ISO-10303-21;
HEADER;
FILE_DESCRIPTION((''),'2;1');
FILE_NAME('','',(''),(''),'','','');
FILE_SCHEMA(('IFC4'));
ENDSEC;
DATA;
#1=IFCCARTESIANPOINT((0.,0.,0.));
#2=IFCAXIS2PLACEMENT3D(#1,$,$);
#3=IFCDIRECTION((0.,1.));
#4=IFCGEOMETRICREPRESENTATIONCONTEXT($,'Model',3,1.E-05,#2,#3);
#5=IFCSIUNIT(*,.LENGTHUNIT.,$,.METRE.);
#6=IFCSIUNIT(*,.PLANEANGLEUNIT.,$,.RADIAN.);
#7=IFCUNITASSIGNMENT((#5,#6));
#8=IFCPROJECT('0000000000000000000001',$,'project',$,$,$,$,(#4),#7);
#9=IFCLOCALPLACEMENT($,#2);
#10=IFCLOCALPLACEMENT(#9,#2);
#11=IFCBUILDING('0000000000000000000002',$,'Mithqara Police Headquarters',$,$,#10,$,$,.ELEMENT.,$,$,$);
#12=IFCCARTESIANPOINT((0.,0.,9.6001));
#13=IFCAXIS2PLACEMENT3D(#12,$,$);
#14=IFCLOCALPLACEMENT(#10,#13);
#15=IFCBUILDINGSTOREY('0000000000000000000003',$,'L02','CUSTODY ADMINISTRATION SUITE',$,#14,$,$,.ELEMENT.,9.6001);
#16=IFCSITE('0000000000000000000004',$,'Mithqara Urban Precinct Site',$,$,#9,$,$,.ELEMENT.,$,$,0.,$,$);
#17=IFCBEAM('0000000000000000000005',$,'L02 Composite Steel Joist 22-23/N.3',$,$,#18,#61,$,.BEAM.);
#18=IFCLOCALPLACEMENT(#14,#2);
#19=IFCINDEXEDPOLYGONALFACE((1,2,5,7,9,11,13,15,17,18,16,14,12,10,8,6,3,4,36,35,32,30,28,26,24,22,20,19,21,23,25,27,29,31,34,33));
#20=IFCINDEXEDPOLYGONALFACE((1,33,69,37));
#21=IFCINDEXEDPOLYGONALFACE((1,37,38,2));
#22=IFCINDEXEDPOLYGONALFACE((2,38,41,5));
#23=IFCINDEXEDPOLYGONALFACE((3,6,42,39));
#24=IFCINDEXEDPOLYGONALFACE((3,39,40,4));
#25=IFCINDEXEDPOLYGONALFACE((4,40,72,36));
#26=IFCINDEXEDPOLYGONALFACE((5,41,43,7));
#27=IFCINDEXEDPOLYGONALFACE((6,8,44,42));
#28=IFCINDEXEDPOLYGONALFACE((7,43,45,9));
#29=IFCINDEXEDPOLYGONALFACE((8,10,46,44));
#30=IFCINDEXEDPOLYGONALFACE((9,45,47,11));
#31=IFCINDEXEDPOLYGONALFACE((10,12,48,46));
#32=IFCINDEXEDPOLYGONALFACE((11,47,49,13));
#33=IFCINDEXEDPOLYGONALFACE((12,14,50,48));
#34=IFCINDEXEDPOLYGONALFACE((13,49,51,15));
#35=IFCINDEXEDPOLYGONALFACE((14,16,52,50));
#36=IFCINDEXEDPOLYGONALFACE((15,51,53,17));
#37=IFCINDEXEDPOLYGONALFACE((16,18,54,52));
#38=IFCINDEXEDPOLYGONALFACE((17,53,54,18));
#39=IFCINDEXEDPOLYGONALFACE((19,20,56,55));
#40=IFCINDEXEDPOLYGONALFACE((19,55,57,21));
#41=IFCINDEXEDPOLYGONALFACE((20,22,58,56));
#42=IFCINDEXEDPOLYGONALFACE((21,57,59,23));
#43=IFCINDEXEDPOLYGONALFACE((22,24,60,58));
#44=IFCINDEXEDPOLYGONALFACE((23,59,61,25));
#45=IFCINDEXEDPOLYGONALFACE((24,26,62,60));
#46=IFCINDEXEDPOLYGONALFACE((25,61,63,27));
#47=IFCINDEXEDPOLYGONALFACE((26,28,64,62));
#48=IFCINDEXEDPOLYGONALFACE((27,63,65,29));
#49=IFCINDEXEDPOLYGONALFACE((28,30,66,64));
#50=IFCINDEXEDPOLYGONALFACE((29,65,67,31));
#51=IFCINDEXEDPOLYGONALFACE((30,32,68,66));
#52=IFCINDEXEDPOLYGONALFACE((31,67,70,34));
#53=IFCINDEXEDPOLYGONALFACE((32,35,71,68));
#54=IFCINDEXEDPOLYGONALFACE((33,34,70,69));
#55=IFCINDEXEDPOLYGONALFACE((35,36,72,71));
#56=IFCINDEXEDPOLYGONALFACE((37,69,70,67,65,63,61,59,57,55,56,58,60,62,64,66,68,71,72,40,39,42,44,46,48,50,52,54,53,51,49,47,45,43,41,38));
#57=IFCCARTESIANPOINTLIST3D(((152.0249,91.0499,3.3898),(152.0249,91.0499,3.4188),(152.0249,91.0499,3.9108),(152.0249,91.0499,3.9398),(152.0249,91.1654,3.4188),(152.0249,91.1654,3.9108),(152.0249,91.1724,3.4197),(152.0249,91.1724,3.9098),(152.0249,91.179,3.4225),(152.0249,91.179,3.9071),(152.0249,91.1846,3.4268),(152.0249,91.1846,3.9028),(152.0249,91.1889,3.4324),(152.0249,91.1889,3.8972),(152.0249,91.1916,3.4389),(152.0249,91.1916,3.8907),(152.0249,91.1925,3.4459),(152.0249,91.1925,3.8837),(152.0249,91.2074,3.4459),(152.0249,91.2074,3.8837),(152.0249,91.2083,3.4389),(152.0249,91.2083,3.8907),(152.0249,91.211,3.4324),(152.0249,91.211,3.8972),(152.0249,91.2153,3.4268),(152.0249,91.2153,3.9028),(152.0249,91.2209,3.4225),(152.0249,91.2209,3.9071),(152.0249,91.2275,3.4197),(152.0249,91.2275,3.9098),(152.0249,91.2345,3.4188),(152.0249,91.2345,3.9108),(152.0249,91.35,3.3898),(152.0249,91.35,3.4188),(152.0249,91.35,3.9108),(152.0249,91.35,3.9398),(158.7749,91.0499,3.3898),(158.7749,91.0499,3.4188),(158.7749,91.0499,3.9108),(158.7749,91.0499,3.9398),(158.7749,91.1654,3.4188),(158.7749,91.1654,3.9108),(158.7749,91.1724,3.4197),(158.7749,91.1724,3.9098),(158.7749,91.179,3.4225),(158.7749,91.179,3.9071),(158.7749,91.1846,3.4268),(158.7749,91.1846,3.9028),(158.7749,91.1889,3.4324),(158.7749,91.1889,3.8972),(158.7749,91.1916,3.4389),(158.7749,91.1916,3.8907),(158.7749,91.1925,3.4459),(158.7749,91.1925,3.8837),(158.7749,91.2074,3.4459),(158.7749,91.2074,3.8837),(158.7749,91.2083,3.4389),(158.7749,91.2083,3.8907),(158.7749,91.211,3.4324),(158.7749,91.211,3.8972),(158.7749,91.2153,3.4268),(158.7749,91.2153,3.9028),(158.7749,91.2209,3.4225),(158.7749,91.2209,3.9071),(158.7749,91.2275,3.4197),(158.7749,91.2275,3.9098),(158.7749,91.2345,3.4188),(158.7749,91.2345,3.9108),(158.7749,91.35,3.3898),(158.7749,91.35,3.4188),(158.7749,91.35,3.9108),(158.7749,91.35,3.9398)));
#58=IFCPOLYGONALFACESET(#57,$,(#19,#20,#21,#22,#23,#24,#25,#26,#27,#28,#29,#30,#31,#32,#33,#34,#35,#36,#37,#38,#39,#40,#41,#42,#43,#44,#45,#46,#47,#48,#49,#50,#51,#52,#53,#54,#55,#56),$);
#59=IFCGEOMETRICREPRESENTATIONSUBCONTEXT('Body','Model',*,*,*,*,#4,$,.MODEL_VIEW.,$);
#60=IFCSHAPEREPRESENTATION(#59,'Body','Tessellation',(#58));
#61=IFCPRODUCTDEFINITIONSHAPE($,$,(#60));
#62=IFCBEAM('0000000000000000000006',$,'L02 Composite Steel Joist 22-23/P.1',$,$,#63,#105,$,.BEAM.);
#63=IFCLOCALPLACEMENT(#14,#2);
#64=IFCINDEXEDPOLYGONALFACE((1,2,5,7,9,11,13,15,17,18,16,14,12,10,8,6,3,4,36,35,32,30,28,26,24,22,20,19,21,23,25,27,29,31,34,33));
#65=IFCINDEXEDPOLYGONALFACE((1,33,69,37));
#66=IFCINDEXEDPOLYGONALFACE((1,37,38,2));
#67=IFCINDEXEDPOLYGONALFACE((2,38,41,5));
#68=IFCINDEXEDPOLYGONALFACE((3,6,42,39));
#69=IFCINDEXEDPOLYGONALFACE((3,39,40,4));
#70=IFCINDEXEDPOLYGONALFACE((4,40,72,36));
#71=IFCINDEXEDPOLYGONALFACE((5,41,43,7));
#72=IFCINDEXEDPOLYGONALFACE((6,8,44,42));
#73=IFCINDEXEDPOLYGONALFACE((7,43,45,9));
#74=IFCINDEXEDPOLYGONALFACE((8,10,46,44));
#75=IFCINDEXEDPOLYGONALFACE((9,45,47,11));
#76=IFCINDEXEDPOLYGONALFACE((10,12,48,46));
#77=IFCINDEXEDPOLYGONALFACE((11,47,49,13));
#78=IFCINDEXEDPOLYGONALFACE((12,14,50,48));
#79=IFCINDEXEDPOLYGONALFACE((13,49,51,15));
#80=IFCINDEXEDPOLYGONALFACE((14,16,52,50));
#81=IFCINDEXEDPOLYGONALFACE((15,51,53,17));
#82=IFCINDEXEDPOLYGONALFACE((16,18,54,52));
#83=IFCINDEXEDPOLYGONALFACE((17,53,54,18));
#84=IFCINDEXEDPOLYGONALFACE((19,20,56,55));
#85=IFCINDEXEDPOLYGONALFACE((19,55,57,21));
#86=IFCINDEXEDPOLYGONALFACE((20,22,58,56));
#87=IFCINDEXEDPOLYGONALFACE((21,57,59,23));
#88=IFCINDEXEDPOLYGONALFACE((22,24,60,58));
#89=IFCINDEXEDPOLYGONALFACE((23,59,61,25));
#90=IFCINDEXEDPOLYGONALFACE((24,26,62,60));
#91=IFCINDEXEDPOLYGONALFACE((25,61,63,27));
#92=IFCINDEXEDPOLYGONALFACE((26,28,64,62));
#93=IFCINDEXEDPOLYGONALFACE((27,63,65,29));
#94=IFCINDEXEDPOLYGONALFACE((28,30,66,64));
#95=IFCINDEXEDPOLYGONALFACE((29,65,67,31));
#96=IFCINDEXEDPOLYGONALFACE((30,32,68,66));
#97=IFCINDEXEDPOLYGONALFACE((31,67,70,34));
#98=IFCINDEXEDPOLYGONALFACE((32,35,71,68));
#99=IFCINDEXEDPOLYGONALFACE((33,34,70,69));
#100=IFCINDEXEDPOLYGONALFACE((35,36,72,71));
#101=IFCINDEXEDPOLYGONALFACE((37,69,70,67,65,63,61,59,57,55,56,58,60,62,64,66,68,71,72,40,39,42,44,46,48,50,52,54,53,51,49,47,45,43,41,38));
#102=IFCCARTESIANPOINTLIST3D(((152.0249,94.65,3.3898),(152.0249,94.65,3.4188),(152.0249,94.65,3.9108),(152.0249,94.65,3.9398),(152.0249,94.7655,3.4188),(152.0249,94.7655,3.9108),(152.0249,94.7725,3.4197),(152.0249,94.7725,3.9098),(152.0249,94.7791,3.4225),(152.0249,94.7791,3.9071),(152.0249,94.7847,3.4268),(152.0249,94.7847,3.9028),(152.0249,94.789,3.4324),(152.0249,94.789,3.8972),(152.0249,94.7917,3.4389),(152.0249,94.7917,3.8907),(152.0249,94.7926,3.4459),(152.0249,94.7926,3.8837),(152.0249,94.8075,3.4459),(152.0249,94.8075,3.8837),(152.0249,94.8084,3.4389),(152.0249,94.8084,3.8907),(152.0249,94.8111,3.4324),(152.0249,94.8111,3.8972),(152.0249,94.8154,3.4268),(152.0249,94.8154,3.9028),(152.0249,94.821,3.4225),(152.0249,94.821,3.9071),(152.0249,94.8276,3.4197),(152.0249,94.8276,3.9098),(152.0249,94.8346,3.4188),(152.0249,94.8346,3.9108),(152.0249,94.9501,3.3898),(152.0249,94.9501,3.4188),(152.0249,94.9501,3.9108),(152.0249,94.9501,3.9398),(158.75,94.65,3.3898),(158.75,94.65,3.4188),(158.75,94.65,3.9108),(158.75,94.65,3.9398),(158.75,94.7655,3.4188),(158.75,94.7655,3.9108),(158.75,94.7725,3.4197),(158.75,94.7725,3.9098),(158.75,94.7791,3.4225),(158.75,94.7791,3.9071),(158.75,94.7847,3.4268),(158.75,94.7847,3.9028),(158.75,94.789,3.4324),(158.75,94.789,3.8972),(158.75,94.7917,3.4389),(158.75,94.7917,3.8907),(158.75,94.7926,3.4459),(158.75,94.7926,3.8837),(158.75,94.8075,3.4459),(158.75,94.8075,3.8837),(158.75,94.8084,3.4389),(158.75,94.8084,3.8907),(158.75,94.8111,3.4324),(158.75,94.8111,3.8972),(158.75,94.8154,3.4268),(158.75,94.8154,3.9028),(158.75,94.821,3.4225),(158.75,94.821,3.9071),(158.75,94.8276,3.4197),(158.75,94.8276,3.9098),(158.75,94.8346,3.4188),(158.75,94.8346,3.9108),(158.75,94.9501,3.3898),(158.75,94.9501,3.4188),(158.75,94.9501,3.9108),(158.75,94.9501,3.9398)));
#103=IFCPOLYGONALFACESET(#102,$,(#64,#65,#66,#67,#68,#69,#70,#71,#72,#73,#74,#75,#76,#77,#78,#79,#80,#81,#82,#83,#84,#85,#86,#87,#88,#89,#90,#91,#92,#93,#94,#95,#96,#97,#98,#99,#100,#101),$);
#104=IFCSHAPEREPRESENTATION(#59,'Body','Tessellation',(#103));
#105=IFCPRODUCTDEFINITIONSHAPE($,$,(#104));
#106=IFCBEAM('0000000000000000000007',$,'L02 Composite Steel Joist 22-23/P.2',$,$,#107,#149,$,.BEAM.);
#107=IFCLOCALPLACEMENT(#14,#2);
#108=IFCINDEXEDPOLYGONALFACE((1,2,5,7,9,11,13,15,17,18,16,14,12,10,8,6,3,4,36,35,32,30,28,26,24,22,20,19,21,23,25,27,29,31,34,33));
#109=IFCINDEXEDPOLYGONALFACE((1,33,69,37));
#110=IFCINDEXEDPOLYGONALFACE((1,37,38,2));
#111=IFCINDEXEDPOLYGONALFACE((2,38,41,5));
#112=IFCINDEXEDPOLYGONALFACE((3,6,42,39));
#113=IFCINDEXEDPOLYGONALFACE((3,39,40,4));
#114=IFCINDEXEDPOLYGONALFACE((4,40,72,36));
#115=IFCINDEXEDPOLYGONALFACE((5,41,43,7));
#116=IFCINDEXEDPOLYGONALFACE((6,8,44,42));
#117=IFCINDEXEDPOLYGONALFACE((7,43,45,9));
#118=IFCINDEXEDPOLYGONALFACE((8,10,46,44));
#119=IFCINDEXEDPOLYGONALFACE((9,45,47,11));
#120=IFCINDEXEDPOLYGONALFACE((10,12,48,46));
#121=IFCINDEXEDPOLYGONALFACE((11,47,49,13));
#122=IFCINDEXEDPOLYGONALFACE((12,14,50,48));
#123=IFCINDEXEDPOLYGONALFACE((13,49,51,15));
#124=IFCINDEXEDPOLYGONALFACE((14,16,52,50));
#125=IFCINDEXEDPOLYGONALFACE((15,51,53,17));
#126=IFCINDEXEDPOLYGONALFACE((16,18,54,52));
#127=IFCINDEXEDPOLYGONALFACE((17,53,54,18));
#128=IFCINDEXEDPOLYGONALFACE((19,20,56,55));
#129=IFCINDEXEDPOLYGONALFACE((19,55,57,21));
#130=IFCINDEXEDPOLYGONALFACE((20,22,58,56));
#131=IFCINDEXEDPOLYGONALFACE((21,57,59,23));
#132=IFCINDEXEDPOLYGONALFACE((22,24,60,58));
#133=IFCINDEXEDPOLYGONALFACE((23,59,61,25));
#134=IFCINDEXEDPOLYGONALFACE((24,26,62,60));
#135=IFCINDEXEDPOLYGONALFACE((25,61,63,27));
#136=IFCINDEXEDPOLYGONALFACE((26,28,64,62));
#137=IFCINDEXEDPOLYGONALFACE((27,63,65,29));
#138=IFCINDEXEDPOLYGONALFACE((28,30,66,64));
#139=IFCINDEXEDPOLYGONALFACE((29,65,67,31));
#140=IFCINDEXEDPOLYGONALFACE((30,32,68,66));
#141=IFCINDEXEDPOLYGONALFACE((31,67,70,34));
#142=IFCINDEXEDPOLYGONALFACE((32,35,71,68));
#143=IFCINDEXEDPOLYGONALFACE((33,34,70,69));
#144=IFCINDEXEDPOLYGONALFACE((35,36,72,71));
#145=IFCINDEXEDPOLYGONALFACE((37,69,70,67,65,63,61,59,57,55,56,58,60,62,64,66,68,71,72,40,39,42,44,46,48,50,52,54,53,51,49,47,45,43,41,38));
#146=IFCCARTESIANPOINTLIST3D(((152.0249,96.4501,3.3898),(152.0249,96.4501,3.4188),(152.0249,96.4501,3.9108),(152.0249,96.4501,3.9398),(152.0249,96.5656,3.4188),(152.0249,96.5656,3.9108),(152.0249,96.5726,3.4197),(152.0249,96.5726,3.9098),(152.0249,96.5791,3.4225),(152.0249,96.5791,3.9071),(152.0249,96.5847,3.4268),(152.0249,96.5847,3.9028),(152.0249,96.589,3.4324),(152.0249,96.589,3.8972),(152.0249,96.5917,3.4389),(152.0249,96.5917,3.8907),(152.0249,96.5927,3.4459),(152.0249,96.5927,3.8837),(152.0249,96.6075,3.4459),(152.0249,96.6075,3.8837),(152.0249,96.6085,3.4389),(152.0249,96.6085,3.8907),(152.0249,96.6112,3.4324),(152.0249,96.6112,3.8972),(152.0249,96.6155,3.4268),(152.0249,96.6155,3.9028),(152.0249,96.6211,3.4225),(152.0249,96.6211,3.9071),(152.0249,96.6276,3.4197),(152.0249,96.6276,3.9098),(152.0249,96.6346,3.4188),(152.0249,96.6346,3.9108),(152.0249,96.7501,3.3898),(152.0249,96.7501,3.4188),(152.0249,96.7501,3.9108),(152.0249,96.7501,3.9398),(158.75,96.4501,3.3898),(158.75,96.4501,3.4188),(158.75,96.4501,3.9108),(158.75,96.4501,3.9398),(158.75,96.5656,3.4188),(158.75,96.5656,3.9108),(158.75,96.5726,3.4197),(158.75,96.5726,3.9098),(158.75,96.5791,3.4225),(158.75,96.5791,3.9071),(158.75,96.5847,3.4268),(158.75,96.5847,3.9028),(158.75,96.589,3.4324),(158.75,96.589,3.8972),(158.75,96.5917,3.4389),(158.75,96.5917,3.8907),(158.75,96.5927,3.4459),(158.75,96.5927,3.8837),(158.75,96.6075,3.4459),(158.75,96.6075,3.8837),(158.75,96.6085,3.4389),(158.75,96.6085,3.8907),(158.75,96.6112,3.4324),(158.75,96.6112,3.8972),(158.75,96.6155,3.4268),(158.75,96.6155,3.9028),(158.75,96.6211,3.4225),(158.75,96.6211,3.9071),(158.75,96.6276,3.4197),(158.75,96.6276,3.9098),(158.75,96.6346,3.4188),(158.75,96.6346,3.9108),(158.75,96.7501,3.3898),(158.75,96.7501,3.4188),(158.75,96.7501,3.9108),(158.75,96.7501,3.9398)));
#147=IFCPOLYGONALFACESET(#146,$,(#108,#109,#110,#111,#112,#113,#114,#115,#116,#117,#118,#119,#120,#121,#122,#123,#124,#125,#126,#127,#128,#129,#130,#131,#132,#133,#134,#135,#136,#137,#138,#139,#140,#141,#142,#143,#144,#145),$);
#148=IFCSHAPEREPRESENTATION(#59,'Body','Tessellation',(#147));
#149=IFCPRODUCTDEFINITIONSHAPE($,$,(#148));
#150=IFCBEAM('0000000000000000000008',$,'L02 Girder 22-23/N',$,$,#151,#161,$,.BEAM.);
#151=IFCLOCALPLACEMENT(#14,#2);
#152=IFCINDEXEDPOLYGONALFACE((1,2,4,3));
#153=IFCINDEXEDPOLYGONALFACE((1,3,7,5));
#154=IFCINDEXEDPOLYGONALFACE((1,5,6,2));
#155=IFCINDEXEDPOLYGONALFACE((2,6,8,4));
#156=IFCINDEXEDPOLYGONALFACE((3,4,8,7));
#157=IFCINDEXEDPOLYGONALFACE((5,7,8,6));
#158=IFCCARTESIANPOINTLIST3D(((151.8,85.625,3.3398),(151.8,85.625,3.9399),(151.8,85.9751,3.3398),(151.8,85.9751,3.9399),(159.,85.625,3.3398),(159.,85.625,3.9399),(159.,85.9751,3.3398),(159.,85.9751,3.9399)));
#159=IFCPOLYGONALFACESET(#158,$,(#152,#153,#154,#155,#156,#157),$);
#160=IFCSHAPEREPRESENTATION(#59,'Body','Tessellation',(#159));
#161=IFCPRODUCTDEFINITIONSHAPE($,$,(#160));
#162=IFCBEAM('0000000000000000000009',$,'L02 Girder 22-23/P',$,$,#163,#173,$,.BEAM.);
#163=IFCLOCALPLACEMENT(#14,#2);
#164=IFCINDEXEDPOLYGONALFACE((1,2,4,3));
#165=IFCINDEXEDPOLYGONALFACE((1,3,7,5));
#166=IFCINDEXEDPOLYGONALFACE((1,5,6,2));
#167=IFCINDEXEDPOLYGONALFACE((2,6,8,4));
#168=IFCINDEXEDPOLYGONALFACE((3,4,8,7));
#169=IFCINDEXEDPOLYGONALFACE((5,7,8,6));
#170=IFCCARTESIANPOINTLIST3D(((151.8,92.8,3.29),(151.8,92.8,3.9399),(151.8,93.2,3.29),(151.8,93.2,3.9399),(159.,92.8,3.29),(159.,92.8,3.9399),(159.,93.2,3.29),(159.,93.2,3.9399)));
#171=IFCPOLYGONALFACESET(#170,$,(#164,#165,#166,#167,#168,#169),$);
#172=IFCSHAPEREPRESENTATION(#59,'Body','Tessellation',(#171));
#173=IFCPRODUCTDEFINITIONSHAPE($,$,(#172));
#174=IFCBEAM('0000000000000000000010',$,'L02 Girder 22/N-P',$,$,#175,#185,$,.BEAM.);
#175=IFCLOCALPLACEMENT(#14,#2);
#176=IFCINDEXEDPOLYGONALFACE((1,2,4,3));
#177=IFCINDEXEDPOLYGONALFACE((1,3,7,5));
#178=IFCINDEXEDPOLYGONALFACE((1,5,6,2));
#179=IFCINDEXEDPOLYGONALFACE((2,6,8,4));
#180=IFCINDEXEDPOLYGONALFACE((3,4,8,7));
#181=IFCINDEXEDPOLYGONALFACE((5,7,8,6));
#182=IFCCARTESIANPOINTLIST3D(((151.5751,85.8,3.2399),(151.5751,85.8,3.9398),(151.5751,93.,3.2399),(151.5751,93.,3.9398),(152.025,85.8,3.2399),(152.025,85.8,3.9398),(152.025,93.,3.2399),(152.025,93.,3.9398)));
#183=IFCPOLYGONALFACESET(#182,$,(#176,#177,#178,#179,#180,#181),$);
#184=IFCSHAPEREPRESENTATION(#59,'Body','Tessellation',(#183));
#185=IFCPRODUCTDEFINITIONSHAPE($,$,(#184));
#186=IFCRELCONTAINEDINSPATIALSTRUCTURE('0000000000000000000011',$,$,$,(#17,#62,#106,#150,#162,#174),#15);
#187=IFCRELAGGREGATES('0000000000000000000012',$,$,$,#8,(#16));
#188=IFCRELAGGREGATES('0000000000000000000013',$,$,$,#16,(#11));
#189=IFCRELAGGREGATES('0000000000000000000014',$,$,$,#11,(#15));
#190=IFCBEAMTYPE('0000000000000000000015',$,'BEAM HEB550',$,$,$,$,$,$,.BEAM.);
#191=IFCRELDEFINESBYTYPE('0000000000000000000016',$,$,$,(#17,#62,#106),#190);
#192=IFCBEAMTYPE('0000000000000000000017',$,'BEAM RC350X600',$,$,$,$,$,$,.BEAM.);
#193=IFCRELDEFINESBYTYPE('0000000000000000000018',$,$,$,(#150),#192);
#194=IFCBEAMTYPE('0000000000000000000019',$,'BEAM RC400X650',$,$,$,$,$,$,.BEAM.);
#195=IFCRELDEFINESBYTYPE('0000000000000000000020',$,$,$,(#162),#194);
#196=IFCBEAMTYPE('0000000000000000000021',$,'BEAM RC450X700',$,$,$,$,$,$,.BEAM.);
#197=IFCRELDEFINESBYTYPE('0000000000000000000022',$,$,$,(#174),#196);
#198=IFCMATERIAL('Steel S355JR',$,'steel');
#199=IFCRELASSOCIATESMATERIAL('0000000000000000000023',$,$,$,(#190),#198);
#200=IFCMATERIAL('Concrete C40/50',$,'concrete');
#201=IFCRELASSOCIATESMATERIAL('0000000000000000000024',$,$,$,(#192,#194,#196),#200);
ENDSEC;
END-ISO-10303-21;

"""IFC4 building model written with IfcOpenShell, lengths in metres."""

from ifc_helpers import new_model, si_unit, direction, frame, origin, origin_2d, place, context, subcontext, project, spatial, rectangle, i_section, extrude, material, material_profile, profile_set, type_object, element, save


model = new_model("IFC4")

# Units and contexts
model_context = context("Model", 3, precision=1e-05, world=origin(), true_north=direction((0.0, 1.0)))
body_context = subcontext(model_context, "Body", "Model", "MODEL_VIEW")
ifc_project = project(units=[si_unit("LENGTHUNIT", "METRE"), si_unit("PLANEANGLEUNIT", "RADIAN")], contexts=[model_context])

# Site, building, storey
site_placement = place(None, origin())
site = spatial("IfcSite", under=ifc_project, at=site_placement, Name="Mithqara Urban Precinct Site", CompositionType="ELEMENT", RefElevation=0.0)
building_placement = place(site_placement, origin())
building = spatial("IfcBuilding", under=site, at=building_placement, Name="Mithqara Police Headquarters", CompositionType="ELEMENT")
storey_placement = place(building_placement, frame((0.0, 0.0, 9.6001)))
storey = spatial("IfcBuildingStorey", under=building, at=storey_placement, Name="L02", Description="CUSTODY ADMINISTRATION SUITE", CompositionType="ELEMENT", Elevation=9.6001)

# Beams
ifc_material_1 = material(Name="Steel S355JR", Category="steel")
ifc_material_profile_1 = material_profile(ifc_material_1, i_section(OverallWidth=0.3, OverallDepth=0.55, WebThickness=0.0149, FlangeThickness=0.0291, FilletRadius=0.0271, at=origin_2d()), Name="HEB 550")
ifc_profile_set_1 = profile_set([ifc_material_profile_1], Name="Steel S355JR")
beam_type_1 = type_object("IfcBeamType", Name="BEAM HEB550", PredefinedType="BEAM", material=ifc_profile_set_1)
for number, where, z_axis, x_axis, name in (
    (1, (152.0249, 91.2, 3.6648), (1.0, 0.0, 0.0), (0.0, 1.0, 0.0), "L02 Composite Steel Joist 22-23/N.3"),
):
    element("IfcBeam", number, at=place(storey_placement, frame(where, z_axis=z_axis, x_axis=x_axis)), inside=storey, type_object=beam_type_1, Name=name, PredefinedType="BEAM", context=body_context, shape_type="SweptSolid", body=[
        extrude(i_section(OverallWidth=0.3, OverallDepth=0.55, WebThickness=0.0149, FlangeThickness=0.0291, FilletRadius=0.0271, at=origin_2d()), origin(), (0.0, 0.0, 1.0), 6.75),
    ])
for number, where, z_axis, x_axis, name in (
    (2, (152.0249, 94.8, 3.6648), (1.0, 0.0, 0.0), (0.0, 1.0, 0.0), "L02 Composite Steel Joist 22-23/P.1"),
    (3, (152.0249, 96.6001, 3.6648), (1.0, 0.0, 0.0), (0.0, 1.0, 0.0), "L02 Composite Steel Joist 22-23/P.2"),
):
    element("IfcBeam", number, at=place(storey_placement, frame(where, z_axis=z_axis, x_axis=x_axis)), inside=storey, type_object=beam_type_1, Name=name, PredefinedType="BEAM", context=body_context, shape_type="SweptSolid", body=[
        extrude(i_section(OverallWidth=0.3, OverallDepth=0.55, WebThickness=0.0149, FlangeThickness=0.0291, FilletRadius=0.0271, at=origin_2d()), origin(), (0.0, 0.0, 1.0), 6.7251),
    ])
ifc_material_2 = material(Name="Concrete C40/50", Category="concrete")
ifc_material_profile_2 = material_profile(ifc_material_2, rectangle(XDim=0.3501, YDim=0.6001, at=origin_2d()), Name="RC 350x600")
ifc_profile_set_2 = profile_set([ifc_material_profile_2], Name="Concrete C40/50")
beam_type_2 = type_object("IfcBeamType", Name="BEAM RC350X600", PredefinedType="BEAM", material=ifc_profile_set_2)
beam_1_placement = place(storey_placement, frame((151.8, 85.8, 3.6399), z_axis=(1.0, 0.0, 0.0), x_axis=(0.0, 1.0, 0.0)))
element("IfcBeam", 4, at=beam_1_placement, inside=storey, type_object=beam_type_2, Name="L02 Girder 22-23/N", PredefinedType="BEAM", context=body_context, shape_type="SweptSolid", body=[
    extrude(rectangle(XDim=0.3501, YDim=0.6001, at=origin_2d()), origin(), (0.0, 0.0, 1.0), 7.2),
])
ifc_material_profile_3 = material_profile(ifc_material_2, rectangle(XDim=0.3999, YDim=0.6499, at=origin_2d()), Name="RC 400x650")
ifc_profile_set_3 = profile_set([ifc_material_profile_3], Name="Concrete C40/50")
beam_type_3 = type_object("IfcBeamType", Name="BEAM RC400X650", PredefinedType="BEAM", material=ifc_profile_set_3)
beam_2_placement = place(storey_placement, frame((151.8, 93.0, 3.615), z_axis=(1.0, 0.0, 0.0), x_axis=(0.0, 1.0, 0.0)))
element("IfcBeam", 5, at=beam_2_placement, inside=storey, type_object=beam_type_3, Name="L02 Girder 22-23/P", PredefinedType="BEAM", context=body_context, shape_type="SweptSolid", body=[
    extrude(rectangle(XDim=0.3999, YDim=0.6499, at=origin_2d()), origin(), (0.0, 0.0, 1.0), 7.2),
])
ifc_material_profile_4 = material_profile(ifc_material_2, rectangle(XDim=0.45, YDim=0.7, at=origin_2d()), Name="RC 450x700")
ifc_profile_set_4 = profile_set([ifc_material_profile_4], Name="Concrete C40/50")
beam_type_4 = type_object("IfcBeamType", Name="BEAM RC450X700", PredefinedType="BEAM", material=ifc_profile_set_4)
beam_3_placement = place(storey_placement, frame((151.8, 85.8, 3.5898), z_axis=(0.0, 1.0, 0.0), x_axis=(-1.0, 0.0, 0.0)))
element("IfcBeam", 6, at=beam_3_placement, inside=storey, type_object=beam_type_4, Name="L02 Girder 22/N-P", PredefinedType="BEAM", context=body_context, shape_type="SweptSolid", body=[
    extrude(rectangle(XDim=0.45, YDim=0.7, at=origin_2d()), origin(), (0.0, 0.0, 1.0), 7.2),
])

save(model, "model.ifc")
